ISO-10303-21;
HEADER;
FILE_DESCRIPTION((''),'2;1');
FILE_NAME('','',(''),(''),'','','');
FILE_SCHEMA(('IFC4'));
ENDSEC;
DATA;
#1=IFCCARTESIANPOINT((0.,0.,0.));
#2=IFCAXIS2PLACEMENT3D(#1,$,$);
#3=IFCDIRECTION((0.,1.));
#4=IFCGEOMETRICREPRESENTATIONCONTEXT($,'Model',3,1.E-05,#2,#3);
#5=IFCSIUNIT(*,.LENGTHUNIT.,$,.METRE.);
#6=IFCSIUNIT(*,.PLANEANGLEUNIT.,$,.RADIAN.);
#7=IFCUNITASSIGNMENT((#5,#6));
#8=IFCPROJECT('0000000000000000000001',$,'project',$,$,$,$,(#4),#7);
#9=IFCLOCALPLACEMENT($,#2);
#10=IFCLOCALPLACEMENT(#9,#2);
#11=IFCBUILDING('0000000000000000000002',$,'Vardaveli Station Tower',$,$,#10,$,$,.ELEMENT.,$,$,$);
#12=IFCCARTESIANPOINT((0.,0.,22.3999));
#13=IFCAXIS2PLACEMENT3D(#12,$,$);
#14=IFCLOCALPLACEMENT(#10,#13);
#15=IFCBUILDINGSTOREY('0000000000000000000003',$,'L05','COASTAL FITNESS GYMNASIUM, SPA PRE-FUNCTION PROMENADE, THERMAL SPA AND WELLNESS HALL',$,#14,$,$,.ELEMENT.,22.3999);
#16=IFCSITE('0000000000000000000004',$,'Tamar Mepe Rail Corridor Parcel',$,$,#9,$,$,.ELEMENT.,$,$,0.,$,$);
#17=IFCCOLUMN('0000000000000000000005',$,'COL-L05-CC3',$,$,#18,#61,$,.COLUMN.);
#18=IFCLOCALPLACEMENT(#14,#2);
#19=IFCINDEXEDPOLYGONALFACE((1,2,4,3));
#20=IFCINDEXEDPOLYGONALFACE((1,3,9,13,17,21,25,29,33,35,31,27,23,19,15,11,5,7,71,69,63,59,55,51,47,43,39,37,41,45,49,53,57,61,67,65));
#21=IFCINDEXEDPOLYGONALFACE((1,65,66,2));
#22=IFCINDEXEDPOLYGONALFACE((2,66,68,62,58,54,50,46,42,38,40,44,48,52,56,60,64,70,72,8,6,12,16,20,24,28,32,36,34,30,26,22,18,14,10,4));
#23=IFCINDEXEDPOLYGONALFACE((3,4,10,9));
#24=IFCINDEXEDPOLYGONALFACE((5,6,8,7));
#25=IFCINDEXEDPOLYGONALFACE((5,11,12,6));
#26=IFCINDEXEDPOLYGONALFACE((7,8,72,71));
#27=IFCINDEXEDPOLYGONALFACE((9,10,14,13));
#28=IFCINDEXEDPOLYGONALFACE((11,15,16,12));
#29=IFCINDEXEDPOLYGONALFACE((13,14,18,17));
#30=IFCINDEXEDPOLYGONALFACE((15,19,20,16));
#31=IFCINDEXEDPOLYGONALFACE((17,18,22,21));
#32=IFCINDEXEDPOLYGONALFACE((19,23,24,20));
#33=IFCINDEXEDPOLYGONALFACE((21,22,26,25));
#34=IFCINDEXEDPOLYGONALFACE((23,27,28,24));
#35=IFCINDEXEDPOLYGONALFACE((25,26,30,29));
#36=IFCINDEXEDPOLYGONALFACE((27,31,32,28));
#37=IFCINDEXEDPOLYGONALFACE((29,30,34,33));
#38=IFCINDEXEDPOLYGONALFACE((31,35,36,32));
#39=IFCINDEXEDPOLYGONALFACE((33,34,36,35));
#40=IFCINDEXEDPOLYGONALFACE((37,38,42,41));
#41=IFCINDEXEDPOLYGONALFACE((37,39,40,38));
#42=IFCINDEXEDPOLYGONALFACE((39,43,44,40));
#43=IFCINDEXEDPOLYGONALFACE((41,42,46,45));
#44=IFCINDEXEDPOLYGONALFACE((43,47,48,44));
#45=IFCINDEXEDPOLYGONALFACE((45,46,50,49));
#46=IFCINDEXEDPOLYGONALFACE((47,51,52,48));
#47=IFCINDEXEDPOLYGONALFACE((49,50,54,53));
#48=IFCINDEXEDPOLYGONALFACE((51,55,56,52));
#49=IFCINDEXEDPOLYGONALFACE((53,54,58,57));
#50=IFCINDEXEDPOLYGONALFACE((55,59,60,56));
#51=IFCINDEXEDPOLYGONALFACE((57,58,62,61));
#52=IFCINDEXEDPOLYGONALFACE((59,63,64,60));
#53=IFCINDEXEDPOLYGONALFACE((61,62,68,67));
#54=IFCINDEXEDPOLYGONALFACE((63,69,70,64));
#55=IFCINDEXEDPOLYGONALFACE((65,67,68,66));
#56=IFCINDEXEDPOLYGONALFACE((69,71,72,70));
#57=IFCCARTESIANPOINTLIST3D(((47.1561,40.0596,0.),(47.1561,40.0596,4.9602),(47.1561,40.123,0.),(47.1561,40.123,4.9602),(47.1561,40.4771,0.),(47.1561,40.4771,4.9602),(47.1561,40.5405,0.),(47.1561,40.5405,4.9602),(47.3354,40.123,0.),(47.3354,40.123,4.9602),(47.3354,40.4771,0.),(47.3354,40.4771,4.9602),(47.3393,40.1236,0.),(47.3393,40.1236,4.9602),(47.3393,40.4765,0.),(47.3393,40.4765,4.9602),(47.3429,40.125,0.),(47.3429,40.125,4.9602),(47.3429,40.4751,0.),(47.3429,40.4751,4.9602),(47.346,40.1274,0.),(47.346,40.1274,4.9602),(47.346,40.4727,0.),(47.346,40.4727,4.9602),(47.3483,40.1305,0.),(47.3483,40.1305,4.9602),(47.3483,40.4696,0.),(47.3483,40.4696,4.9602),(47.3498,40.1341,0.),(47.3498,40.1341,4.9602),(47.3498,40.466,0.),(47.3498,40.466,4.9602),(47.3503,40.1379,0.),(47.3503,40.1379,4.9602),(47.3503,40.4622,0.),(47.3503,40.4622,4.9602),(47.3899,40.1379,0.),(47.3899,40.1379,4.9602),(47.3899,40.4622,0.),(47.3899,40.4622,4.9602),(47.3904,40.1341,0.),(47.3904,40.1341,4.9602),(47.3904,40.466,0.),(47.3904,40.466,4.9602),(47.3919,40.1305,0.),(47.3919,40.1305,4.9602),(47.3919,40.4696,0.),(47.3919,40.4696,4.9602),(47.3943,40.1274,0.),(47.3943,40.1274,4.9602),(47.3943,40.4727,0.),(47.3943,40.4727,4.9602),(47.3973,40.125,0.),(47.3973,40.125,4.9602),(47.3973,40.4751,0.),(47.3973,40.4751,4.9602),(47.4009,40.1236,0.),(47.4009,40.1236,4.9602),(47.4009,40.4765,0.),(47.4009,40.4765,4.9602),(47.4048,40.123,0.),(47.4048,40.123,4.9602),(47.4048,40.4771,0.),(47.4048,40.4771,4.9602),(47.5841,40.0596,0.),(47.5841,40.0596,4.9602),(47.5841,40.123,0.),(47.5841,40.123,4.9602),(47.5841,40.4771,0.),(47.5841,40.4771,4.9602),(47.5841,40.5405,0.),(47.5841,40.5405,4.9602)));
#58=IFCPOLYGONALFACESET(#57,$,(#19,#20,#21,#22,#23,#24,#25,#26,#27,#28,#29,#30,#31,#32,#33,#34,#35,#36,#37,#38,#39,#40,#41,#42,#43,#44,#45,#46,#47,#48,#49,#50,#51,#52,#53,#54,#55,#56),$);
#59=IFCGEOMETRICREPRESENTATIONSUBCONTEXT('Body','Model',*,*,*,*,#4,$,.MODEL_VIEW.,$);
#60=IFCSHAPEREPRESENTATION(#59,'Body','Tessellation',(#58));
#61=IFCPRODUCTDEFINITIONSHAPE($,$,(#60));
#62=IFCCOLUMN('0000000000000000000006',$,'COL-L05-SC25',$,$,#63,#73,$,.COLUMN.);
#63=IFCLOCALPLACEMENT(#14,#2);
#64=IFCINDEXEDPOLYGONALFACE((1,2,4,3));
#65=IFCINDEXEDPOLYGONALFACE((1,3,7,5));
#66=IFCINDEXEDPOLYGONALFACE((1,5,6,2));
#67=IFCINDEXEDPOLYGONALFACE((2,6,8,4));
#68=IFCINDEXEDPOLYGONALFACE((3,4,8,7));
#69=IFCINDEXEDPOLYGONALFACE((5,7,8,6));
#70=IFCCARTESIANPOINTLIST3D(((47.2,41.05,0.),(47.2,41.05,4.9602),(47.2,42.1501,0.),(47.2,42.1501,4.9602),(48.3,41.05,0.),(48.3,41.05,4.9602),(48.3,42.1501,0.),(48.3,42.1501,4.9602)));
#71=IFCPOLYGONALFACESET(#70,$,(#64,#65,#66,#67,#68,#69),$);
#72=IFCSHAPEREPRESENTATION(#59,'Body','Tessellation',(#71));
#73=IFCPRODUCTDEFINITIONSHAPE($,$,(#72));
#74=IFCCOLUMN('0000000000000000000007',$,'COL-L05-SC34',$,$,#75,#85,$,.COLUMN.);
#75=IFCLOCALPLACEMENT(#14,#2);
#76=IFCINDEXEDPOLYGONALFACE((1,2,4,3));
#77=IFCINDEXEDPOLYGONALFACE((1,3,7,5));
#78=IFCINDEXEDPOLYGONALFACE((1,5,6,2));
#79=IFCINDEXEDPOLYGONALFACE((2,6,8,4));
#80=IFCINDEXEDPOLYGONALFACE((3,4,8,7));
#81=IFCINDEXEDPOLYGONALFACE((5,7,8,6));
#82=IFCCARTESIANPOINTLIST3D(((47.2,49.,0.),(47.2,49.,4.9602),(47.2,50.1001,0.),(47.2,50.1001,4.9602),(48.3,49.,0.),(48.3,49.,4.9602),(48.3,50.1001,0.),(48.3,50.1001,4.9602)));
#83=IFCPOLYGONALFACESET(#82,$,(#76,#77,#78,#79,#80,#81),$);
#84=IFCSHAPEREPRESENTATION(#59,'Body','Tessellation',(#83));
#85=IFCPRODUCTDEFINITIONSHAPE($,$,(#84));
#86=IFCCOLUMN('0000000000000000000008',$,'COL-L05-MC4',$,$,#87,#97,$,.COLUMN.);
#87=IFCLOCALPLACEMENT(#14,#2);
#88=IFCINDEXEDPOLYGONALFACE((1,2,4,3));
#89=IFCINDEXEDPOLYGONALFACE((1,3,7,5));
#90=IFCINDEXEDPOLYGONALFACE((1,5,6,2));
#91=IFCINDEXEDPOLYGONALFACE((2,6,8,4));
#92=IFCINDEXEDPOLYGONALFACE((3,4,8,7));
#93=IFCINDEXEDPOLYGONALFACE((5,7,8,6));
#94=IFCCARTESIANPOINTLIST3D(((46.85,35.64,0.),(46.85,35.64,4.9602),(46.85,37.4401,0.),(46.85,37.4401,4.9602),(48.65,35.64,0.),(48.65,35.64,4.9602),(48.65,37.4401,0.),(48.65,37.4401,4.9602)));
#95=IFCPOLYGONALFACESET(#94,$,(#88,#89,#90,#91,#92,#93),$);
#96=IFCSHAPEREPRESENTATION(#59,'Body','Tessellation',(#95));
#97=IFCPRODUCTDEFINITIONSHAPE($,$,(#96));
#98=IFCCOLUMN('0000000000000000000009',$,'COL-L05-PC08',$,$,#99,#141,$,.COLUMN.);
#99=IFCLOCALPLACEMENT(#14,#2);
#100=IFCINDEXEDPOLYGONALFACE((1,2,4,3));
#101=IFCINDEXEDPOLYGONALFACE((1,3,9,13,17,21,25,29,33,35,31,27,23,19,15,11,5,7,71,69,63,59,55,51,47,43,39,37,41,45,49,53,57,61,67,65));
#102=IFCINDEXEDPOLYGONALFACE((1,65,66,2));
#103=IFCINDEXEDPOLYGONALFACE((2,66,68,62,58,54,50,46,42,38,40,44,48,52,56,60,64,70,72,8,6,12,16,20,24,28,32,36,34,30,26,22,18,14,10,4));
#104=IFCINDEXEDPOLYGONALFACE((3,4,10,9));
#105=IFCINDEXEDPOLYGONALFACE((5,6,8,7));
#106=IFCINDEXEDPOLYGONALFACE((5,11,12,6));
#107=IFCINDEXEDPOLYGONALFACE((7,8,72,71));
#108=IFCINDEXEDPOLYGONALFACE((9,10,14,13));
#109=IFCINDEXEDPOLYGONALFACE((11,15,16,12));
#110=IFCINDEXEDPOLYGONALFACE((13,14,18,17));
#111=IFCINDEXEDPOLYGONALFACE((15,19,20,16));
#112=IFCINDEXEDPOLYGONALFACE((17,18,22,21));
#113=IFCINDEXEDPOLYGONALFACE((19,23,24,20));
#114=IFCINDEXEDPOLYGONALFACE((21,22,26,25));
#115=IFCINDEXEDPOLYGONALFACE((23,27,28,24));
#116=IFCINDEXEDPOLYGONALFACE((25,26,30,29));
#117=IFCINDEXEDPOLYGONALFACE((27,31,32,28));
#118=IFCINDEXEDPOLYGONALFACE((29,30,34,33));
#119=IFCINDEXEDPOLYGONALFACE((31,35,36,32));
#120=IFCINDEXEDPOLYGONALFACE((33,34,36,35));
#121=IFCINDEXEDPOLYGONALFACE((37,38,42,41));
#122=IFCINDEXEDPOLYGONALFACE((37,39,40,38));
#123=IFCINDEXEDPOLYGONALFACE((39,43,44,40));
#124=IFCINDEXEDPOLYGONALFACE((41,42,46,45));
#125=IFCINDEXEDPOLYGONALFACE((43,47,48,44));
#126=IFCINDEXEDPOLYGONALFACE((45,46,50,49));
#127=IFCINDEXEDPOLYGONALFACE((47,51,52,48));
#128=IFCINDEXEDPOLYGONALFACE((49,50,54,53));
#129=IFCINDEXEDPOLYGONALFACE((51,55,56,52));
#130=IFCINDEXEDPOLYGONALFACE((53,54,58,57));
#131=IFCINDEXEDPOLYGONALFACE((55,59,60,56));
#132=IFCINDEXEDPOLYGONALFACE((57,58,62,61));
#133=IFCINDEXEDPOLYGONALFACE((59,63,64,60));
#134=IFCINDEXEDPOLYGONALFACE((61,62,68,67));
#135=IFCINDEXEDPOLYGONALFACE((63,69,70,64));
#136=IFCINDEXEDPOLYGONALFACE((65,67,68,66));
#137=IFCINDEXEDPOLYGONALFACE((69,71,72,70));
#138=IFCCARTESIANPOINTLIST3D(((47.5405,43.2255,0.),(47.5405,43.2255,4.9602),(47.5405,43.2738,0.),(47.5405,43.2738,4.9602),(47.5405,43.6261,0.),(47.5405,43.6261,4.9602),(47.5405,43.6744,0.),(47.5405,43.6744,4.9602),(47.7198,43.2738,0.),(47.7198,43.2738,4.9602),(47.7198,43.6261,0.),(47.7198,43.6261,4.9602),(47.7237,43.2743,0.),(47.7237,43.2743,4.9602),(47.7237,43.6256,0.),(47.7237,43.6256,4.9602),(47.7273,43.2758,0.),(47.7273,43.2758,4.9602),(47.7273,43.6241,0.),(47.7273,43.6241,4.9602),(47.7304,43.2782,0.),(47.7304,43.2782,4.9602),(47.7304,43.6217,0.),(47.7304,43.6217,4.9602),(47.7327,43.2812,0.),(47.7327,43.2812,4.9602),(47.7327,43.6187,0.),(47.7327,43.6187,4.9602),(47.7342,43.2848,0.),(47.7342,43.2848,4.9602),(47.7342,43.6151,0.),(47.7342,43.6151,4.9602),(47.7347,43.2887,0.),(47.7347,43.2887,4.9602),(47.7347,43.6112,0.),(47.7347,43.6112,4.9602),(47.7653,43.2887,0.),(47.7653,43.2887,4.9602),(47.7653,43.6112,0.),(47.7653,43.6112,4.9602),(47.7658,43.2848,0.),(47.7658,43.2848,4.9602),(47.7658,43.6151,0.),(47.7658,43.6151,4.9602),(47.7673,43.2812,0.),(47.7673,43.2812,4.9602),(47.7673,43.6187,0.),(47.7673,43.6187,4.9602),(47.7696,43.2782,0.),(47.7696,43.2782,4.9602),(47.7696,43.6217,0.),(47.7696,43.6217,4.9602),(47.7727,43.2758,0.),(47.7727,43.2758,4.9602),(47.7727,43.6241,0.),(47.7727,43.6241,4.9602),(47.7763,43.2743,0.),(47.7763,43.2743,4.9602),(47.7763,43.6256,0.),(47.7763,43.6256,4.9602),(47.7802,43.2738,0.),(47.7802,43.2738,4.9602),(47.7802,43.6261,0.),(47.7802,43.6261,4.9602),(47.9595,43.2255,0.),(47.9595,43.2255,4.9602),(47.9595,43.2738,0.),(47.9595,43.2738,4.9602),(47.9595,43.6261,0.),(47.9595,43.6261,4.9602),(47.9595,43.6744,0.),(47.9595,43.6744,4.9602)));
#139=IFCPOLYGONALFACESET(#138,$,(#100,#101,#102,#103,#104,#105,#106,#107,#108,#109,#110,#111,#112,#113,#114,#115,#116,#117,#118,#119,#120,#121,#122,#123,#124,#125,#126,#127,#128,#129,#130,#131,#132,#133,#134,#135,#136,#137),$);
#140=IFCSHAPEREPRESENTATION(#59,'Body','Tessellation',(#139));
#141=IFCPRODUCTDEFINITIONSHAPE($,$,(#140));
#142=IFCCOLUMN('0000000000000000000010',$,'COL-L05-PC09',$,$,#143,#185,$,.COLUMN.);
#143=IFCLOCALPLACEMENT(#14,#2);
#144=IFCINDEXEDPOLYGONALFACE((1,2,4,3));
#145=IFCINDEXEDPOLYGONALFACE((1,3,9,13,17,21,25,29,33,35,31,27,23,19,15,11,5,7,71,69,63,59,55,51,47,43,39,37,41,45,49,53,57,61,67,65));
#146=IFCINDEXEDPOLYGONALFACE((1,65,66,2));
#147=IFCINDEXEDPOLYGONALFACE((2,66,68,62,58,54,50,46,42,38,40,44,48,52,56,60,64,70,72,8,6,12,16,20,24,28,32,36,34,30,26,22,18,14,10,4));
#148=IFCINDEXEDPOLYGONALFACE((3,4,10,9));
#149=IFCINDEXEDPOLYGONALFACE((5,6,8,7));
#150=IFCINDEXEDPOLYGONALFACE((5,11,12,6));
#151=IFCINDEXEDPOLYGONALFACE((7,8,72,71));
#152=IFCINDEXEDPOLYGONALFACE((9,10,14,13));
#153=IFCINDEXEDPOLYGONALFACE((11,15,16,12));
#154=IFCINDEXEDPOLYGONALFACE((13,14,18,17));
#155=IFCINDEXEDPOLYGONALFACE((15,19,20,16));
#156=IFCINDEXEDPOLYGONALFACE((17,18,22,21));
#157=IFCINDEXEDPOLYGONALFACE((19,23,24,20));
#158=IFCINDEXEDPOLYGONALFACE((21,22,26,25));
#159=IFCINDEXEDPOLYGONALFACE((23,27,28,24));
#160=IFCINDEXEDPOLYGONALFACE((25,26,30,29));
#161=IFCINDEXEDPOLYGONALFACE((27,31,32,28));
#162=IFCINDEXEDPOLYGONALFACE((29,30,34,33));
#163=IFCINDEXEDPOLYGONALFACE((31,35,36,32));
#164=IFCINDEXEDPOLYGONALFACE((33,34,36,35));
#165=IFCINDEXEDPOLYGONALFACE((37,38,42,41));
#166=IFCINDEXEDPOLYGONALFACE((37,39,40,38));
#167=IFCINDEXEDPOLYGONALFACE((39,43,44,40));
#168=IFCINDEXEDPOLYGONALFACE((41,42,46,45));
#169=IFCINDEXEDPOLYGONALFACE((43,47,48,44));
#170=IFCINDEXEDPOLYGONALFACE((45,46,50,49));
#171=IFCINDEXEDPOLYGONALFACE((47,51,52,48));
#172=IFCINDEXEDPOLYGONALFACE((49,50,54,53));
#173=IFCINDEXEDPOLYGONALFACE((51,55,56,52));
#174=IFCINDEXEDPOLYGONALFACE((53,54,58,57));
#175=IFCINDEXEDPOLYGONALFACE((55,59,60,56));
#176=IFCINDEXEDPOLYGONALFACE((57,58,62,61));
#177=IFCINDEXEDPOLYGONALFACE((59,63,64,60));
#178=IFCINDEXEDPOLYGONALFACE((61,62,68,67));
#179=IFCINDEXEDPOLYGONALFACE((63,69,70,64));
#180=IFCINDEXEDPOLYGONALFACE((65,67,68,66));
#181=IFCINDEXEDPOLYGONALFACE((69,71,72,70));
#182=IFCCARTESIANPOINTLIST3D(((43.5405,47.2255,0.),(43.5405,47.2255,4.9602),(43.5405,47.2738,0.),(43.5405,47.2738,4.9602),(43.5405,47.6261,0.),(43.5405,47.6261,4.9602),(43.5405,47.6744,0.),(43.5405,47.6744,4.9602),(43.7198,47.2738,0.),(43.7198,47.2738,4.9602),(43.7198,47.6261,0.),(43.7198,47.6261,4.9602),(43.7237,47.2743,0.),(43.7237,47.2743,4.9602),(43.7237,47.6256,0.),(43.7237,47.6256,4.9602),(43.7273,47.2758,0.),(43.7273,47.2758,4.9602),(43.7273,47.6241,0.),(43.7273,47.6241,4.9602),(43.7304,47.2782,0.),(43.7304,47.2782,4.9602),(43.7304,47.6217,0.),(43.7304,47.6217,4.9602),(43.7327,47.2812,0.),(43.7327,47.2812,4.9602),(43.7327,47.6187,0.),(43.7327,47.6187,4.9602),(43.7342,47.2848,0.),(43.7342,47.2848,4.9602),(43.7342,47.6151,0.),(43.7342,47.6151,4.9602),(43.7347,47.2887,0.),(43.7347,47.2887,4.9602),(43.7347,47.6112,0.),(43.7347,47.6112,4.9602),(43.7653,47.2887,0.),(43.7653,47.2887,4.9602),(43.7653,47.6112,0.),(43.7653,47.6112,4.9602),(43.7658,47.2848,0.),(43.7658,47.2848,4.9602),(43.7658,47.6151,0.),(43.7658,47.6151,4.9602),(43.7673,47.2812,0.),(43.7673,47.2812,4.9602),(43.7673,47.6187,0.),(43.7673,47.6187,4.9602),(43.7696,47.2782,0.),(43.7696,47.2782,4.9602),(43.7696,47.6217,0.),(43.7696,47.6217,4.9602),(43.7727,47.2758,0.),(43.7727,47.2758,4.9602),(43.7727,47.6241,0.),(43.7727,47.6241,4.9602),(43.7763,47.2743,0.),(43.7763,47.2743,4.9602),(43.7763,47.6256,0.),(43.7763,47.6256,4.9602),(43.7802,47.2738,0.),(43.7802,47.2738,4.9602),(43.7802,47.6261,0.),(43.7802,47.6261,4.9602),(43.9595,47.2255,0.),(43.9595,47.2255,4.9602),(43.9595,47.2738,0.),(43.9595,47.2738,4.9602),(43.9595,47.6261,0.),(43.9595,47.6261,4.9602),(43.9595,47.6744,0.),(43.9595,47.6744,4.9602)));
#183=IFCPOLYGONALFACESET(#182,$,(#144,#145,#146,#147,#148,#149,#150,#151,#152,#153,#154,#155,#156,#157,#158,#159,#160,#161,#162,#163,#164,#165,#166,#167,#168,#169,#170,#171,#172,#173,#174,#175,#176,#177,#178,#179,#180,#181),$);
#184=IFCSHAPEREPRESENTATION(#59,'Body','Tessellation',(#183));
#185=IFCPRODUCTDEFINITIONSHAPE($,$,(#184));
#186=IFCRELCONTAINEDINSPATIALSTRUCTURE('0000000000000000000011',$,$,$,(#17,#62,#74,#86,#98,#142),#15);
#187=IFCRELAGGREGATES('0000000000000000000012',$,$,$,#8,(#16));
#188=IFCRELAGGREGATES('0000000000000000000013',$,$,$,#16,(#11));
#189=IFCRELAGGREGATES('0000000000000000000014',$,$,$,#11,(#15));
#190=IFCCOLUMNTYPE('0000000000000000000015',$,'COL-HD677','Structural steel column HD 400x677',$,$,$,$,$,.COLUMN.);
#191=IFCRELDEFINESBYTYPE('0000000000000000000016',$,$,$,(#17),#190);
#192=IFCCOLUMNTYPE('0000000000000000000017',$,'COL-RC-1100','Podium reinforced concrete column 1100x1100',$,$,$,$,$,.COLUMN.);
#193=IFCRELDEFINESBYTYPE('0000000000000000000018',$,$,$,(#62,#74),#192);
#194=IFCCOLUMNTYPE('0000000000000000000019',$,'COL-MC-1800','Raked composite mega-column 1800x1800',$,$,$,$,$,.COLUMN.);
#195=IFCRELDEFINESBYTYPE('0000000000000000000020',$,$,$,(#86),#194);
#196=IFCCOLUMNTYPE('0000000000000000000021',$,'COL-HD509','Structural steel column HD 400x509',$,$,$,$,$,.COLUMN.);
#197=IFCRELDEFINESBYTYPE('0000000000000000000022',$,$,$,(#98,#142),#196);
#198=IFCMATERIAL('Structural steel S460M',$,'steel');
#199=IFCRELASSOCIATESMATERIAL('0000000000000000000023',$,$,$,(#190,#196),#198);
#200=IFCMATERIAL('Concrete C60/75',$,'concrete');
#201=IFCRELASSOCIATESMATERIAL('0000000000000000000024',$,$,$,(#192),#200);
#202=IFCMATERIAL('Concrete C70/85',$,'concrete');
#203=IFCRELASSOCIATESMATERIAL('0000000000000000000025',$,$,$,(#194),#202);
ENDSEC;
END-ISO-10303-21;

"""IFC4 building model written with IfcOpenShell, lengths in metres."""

from ifc_helpers import new_model, si_unit, direction, frame, origin, origin_2d, place, context, subcontext, project, spatial, rectangle, i_section, extrude, source, transform, mapped, material, material_profile, profile_set, type_object, element, save


model = new_model("IFC4")

# Units and contexts
model_context = context("Model", 3, precision=1e-05, world=origin(), true_north=direction((0.0, 1.0)))
body_context = subcontext(model_context, "Body", "Model", "MODEL_VIEW")
ifc_project = project(units=[si_unit("LENGTHUNIT", "METRE"), si_unit("PLANEANGLEUNIT", "RADIAN")], contexts=[model_context])

# Site, building, storey
site_placement = place(None, origin())
site = spatial("IfcSite", under=ifc_project, at=site_placement, Name="Tamar Mepe Rail Corridor Parcel", CompositionType="ELEMENT", RefElevation=0.0)
building_placement = place(site_placement, origin())
building = spatial("IfcBuilding", under=site, at=building_placement, Name="Vardaveli Station Tower", CompositionType="ELEMENT")
storey_placement = place(building_placement, frame((0.0, 0.0, 22.3999)))
storey = spatial("IfcBuildingStorey", under=building, at=storey_placement, Name="L05", Description="COASTAL FITNESS GYMNASIUM, SPA PRE-FUNCTION PROMENADE, THERMAL SPA AND WELLNESS HALL", CompositionType="ELEMENT", Elevation=22.3999)

# Columns
ifc_material_1 = material(Name="Structural steel S460M", Category="steel")
ifc_material_profile_1 = material_profile(ifc_material_1, i_section(OverallWidth=0.428, OverallDepth=0.481, WebThickness=0.0396, FlangeThickness=0.0635, FilletRadius=0.0149, at=origin_2d()), Name="HD 400x677")
ifc_profile_set_1 = profile_set([ifc_material_profile_1], Name="Structural steel S460M")
column_type_1 = type_object("IfcColumnType", Name="COL-HD677", Description="Structural steel column HD 400x677", PredefinedType="COLUMN", material=ifc_profile_set_1)
shared_shape_1 = source(origin(), body_context, "Body", "SweptSolid", [
    extrude(i_section(OverallWidth=0.428, OverallDepth=0.481, WebThickness=0.0396, FlangeThickness=0.0635, FilletRadius=0.0149, at=origin_2d()), origin(), (0.0, 0.0, 1.0), 4.9602),
])
column_1_placement = place(storey_placement, frame((47.3701, 40.3, 0.0), z_axis=(0.0, 0.0, 1.0), x_axis=(1.0, 0.0, 0.0)))
element("IfcColumn", 1, at=column_1_placement, inside=storey, type_object=column_type_1, Name="COL-L05-CC3", PredefinedType="COLUMN", context=body_context, shape_type="MappedRepresentation", body=[
    mapped(shared_shape_1, transform((0.0, 0.0, 0.0), scale=1.0)),
])
ifc_material_2 = material(Name="Concrete C60/75", Category="concrete")
ifc_material_profile_2 = material_profile(ifc_material_2, rectangle(XDim=1.1001, YDim=1.1001, at=origin_2d()), Name="RC 1100x1100")
ifc_profile_set_2 = profile_set([ifc_material_profile_2], Name="Concrete C60/75")
column_type_2 = type_object("IfcColumnType", Name="COL-RC-1100", Description="Podium reinforced concrete column 1100x1100", PredefinedType="COLUMN", material=ifc_profile_set_2)
shared_shape_2 = source(origin(), body_context, "Body", "SweptSolid", [
    extrude(rectangle(XDim=1.1001, YDim=1.1001, at=origin_2d()), origin(), (0.0, 0.0, 1.0), 4.9602),
])
for number, where, z_axis, x_axis, name in (
    (2, (47.75, 41.6001, 0.0), (0.0, 0.0, 1.0), (1.0, 0.0, 0.0), "COL-L05-SC25"),
    (3, (47.75, 49.55, 0.0), (0.0, 0.0, 1.0), (1.0, 0.0, 0.0), "COL-L05-SC34"),
):
    element("IfcColumn", number, at=place(storey_placement, frame(where, z_axis=z_axis, x_axis=x_axis)), inside=storey, type_object=column_type_2, Name=name, PredefinedType="COLUMN", context=body_context, shape_type="MappedRepresentation", body=[
        mapped(shared_shape_2, transform((0.0, 0.0, 0.0), scale=1.0)),
    ])
ifc_material_3 = material(Name="Concrete C70/85", Category="concrete")
ifc_material_profile_3 = material_profile(ifc_material_3, rectangle(XDim=1.8, YDim=1.8, at=origin_2d()), Name="MC 1800x1800")
ifc_profile_set_3 = profile_set([ifc_material_profile_3], Name="Concrete C70/85")
column_type_3 = type_object("IfcColumnType", Name="COL-MC-1800", Description="Raked composite mega-column 1800x1800", PredefinedType="COLUMN", material=ifc_profile_set_3)
shared_shape_3 = source(origin(), body_context, "Body", "SweptSolid", [
    extrude(rectangle(XDim=1.8, YDim=1.8, at=origin_2d()), origin(), (0.0, 0.0, 1.0), 4.9602),
])
column_2_placement = place(storey_placement, frame((47.75, 36.54, 0.0), z_axis=(0.0, 0.0, 1.0), x_axis=(1.0, 0.0, 0.0)))
element("IfcColumn", 4, at=column_2_placement, inside=storey, type_object=column_type_3, Name="COL-L05-MC4", PredefinedType="COLUMN", context=body_context, shape_type="MappedRepresentation", body=[
    mapped(shared_shape_3, transform((0.0, 0.0, 0.0), scale=1.0)),
])
ifc_material_profile_4 = material_profile(ifc_material_1, i_section(OverallWidth=0.4189, OverallDepth=0.449, WebThickness=0.0305, FlangeThickness=0.0483, FilletRadius=0.0149, at=origin_2d()), Name="HD 400x509")
ifc_profile_set_4 = profile_set([ifc_material_profile_4], Name="Structural steel S460M")
column_type_4 = type_object("IfcColumnType", Name="COL-HD509", Description="Structural steel column HD 400x509", PredefinedType="COLUMN", material=ifc_profile_set_4)
shared_shape_4 = source(origin(), body_context, "Body", "SweptSolid", [
    extrude(i_section(OverallWidth=0.4189, OverallDepth=0.449, WebThickness=0.0305, FlangeThickness=0.0483, FilletRadius=0.0149, at=origin_2d()), origin(), (0.0, 0.0, 1.0), 4.9602),
])
for number, where, z_axis, x_axis, name in (
    (5, (47.75, 43.45, 0.0), (0.0, 0.0, 1.0), (1.0, 0.0, 0.0), "COL-L05-PC08"),
    (6, (43.75, 47.45, 0.0), (0.0, 0.0, 1.0), (1.0, 0.0, 0.0), "COL-L05-PC09"),
):
    element("IfcColumn", number, at=place(storey_placement, frame(where, z_axis=z_axis, x_axis=x_axis)), inside=storey, type_object=column_type_4, Name=name, PredefinedType="COLUMN", context=body_context, shape_type="MappedRepresentation", body=[
        mapped(shared_shape_4, transform((0.0, 0.0, 0.0), scale=1.0)),
    ])

save(model, "model.ifc")
